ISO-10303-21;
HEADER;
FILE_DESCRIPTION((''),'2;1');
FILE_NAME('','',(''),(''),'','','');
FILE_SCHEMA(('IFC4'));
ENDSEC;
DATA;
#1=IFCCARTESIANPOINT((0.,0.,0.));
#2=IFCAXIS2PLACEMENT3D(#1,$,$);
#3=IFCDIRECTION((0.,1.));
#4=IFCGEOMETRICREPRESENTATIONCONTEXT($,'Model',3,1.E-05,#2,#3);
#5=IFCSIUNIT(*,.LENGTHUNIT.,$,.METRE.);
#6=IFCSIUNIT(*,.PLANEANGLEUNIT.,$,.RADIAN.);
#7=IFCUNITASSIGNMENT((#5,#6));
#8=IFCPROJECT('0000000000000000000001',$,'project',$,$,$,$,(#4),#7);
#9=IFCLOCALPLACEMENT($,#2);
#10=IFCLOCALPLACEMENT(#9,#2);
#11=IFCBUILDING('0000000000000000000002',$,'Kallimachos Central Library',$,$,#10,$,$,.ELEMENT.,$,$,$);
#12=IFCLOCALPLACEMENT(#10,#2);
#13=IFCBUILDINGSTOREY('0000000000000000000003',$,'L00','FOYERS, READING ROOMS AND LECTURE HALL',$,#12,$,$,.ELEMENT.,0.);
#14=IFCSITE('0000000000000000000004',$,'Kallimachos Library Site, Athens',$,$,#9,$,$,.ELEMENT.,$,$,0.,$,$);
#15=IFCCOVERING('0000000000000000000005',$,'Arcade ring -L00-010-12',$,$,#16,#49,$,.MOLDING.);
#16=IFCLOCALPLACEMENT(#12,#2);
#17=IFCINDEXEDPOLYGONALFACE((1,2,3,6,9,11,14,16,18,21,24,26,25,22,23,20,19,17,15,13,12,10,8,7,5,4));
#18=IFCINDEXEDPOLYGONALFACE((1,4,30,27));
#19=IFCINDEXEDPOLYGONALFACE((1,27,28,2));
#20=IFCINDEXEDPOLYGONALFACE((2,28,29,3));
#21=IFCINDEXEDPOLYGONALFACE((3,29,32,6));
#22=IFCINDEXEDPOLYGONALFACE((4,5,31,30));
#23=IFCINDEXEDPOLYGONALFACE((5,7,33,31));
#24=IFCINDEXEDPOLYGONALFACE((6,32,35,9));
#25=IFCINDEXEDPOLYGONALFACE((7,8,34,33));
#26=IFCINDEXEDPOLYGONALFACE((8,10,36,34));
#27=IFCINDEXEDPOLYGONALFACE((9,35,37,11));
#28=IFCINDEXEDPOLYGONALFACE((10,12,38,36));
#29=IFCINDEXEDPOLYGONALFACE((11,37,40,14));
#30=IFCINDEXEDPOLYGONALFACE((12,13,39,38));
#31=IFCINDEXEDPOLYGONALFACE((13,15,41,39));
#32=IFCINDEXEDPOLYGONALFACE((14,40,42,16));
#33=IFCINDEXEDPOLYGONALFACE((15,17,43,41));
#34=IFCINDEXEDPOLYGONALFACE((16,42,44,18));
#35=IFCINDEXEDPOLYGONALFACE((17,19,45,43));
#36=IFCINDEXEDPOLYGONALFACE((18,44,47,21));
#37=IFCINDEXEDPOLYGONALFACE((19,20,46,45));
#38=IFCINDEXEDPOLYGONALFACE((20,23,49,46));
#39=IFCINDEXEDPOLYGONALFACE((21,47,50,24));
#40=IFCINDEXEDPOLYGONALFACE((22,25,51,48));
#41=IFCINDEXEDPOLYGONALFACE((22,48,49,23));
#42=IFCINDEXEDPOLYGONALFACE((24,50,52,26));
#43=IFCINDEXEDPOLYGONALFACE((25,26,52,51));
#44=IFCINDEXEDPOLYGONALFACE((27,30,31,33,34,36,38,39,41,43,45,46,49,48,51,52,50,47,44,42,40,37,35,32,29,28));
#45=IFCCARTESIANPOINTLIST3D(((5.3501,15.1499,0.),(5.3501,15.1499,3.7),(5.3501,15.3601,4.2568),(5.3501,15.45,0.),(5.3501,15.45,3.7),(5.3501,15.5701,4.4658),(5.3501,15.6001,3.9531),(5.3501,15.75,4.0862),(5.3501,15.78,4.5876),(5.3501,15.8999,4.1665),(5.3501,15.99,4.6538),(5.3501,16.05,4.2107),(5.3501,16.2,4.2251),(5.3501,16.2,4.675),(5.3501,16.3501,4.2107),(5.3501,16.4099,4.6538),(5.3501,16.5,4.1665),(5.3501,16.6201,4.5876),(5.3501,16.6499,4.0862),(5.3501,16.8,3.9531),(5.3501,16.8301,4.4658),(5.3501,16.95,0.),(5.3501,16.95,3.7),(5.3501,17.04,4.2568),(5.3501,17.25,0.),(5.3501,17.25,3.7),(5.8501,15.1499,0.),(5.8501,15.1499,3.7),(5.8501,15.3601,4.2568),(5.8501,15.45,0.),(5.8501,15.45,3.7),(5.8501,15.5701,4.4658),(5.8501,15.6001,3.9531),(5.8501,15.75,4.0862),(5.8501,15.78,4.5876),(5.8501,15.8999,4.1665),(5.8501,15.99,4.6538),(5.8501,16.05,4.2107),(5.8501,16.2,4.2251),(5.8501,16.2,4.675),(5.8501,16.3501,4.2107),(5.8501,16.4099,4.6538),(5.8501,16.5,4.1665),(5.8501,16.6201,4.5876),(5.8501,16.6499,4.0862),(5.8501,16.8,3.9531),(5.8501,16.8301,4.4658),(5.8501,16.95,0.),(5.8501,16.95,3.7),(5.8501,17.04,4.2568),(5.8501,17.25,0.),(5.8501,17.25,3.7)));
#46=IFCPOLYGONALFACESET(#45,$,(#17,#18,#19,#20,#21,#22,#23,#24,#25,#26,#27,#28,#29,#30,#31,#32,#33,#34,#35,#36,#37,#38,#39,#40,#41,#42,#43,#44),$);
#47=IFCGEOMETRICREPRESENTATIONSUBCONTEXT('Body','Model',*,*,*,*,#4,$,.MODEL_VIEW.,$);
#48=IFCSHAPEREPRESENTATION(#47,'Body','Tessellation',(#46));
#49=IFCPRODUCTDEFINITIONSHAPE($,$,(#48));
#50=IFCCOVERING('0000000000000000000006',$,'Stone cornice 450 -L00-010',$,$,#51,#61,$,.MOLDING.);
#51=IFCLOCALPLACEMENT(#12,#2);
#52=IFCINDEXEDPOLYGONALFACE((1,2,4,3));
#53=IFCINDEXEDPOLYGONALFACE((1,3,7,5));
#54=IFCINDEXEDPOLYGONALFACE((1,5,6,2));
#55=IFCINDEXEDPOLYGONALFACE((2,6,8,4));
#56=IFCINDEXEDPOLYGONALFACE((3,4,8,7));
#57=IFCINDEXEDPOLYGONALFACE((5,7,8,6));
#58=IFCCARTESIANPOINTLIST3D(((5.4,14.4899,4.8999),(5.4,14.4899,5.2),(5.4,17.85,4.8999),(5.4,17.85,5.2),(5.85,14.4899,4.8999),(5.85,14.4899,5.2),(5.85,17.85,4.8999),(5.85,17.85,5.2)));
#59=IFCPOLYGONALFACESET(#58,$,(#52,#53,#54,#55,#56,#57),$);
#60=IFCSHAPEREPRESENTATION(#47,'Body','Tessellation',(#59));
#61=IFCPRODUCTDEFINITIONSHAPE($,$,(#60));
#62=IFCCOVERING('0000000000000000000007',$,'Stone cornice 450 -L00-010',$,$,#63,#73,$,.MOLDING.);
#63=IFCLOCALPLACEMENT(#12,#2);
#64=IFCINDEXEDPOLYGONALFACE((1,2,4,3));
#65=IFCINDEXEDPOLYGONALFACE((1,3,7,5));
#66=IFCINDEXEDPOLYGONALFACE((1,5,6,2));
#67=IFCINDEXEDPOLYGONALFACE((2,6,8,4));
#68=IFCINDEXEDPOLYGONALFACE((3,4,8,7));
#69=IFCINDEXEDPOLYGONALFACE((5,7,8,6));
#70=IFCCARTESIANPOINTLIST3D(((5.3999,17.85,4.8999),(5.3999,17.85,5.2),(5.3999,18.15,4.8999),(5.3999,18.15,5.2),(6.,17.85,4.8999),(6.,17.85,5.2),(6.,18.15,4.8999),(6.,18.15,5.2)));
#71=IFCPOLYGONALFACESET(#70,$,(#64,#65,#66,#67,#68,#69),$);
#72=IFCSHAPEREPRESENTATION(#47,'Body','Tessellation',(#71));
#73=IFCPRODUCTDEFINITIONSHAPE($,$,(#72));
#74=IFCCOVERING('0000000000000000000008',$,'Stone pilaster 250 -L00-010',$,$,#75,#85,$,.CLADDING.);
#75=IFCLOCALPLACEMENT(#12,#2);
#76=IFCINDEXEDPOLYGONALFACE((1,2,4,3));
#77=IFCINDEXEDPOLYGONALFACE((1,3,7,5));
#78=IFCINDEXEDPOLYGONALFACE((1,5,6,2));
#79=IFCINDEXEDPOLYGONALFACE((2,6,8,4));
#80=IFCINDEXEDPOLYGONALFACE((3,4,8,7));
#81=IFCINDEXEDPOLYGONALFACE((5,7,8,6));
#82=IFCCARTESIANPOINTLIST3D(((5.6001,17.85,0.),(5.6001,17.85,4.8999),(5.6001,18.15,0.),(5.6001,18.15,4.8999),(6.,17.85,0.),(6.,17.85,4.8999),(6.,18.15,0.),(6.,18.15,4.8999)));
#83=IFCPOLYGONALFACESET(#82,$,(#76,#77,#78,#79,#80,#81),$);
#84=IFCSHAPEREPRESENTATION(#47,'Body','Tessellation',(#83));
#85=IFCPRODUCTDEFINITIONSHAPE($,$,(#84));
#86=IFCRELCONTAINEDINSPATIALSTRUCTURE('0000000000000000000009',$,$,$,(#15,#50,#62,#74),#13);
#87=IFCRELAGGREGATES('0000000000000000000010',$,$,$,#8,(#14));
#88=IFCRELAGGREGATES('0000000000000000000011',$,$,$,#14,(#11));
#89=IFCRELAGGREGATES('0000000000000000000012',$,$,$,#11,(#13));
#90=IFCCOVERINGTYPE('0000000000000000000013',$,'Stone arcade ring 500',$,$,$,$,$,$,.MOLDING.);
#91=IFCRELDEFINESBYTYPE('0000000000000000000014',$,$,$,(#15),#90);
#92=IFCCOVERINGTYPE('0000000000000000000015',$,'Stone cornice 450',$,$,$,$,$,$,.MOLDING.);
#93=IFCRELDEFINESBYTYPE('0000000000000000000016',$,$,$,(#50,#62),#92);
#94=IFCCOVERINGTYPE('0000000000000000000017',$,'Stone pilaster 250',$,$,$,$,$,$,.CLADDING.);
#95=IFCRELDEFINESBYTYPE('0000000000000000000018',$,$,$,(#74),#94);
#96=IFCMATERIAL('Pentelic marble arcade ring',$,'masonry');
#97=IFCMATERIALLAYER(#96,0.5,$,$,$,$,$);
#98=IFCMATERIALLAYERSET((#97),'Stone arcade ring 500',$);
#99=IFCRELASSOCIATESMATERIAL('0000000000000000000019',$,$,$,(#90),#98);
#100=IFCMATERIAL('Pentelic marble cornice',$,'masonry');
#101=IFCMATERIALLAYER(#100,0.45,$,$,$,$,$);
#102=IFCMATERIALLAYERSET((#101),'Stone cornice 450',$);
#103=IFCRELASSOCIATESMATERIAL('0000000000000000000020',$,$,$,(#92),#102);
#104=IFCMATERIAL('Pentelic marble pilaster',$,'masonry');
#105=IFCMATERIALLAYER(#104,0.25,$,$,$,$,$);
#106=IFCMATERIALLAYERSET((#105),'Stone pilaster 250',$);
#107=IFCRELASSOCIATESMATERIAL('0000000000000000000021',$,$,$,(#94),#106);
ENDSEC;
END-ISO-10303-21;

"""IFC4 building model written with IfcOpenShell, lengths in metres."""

from ifc_helpers import new_model, si_unit, direction, frame, origin, origin_2d, place, context, subcontext, project, spatial, polyline, rectangle, outline, extrude, material, layer, layer_set, type_object, element, save


model = new_model("IFC4")

# Units and contexts
model_context = context("Model", 3, precision=1e-05, world=origin(), true_north=direction((0.0, 1.0)))
body_context = subcontext(model_context, "Body", "Model", "MODEL_VIEW")
ifc_project = project(units=[si_unit("LENGTHUNIT", "METRE"), si_unit("PLANEANGLEUNIT", "RADIAN")], contexts=[model_context])

# Site, building, storey
site_placement = place(None, origin())
site = spatial("IfcSite", under=ifc_project, at=site_placement, Name="Kallimachos Library Site, Athens", CompositionType="ELEMENT", RefElevation=0.0)
building_placement = place(site_placement, origin())
building = spatial("IfcBuilding", under=site, at=building_placement, Name="Kallimachos Central Library", CompositionType="ELEMENT")
storey_placement = place(building_placement, origin())
storey = spatial("IfcBuildingStorey", under=building, at=storey_placement, Name="L00", Description="FOYERS, READING ROOMS AND LECTURE HALL", CompositionType="ELEMENT", Elevation=0.0)

# Coverings
ifc_material_1 = material(Name="Pentelic marble arcade ring", Category="masonry")
ifc_layer_1 = layer(ifc_material_1, 0.5)
ifc_layer_set_1 = layer_set([ifc_layer_1], Name="Stone arcade ring 500")
covering_type_1 = type_object("IfcCoveringType", Name="Stone arcade ring 500", PredefinedType="MOLDING", material=ifc_layer_set_1)
covering_1_placement = place(storey_placement, frame((5.3501, 15.1499, 0.0), z_axis=(-1.0, 0.0, 0.0), x_axis=(0.0, 0.0, 1.0)))
element("IfcCovering", 1, at=covering_1_placement, inside=storey, type_object=covering_type_1, Name="Arcade ring -L00-010-12", PredefinedType="MOLDING", context=body_context, shape_type="SweptSolid", body=[
    extrude(outline(polyline([(0.0, 0.0), (3.7, 0.0), (4.2568, 0.2102), (4.4658, 0.4202), (4.5876, 0.6301), (4.6538, 0.8401), (4.675, 1.05), (4.6538, 1.26), (4.5876, 1.4702), (4.4658, 1.6802), (4.2568, 1.8901), (3.7, 2.1001), (0.0, 2.1001), (0.0, 1.8), (3.7, 1.8), (3.9531, 1.6501), (4.0862, 1.5), (4.1665, 1.3501), (4.2107, 1.2002), (4.2251, 1.05), (4.2107, 0.9001), (4.1665, 0.75), (4.0862, 0.6001), (3.9531, 0.4502), (3.7, 0.3), (0.0, 0.3), (0.0, 0.0)])), origin(), (0.0, 0.0, -1.0), 0.5),
])
ifc_material_2 = material(Name="Pentelic marble cornice", Category="masonry")
ifc_layer_2 = layer(ifc_material_2, 0.45)
ifc_layer_set_2 = layer_set([ifc_layer_2], Name="Stone cornice 450")
covering_type_2 = type_object("IfcCoveringType", Name="Stone cornice 450", PredefinedType="MOLDING", material=ifc_layer_set_2)
covering_2_placement = place(storey_placement, frame((5.625, 16.1699, 4.8999), z_axis=(0.0, 0.0, 1.0), x_axis=(1.0, 0.0, 0.0)))
element("IfcCovering", 2, at=covering_2_placement, inside=storey, type_object=covering_type_2, Name="Stone cornice 450 -L00-010", PredefinedType="MOLDING", context=body_context, shape_type="SweptSolid", body=[
    extrude(rectangle(XDim=0.45, YDim=3.3601, at=origin_2d()), origin(), (0.0, 0.0, 1.0), 0.3),
])
covering_3_placement = place(storey_placement, frame((5.7, 18.0, 4.8999), z_axis=(0.0, 0.0, 1.0), x_axis=(1.0, 0.0, 0.0)))
element("IfcCovering", 3, at=covering_3_placement, inside=storey, type_object=covering_type_2, Name="Stone cornice 450 -L00-010", PredefinedType="MOLDING", context=body_context, shape_type="SweptSolid", body=[
    extrude(rectangle(XDim=0.6001, YDim=0.3, at=origin_2d()), origin(), (0.0, 0.0, 1.0), 0.3),
])
ifc_material_3 = material(Name="Pentelic marble pilaster", Category="masonry")
ifc_layer_3 = layer(ifc_material_3, 0.25)
ifc_layer_set_3 = layer_set([ifc_layer_3], Name="Stone pilaster 250")
covering_type_3 = type_object("IfcCoveringType", Name="Stone pilaster 250", PredefinedType="CLADDING", material=ifc_layer_set_3)
covering_4_placement = place(storey_placement, frame((5.8, 18.0, 0.0), z_axis=(0.0, 0.0, 1.0), x_axis=(1.0, 0.0, 0.0)))
element("IfcCovering", 4, at=covering_4_placement, inside=storey, type_object=covering_type_3, Name="Stone pilaster 250 -L00-010", PredefinedType="CLADDING", context=body_context, shape_type="SweptSolid", body=[
    extrude(rectangle(XDim=0.3999, YDim=0.3, at=origin_2d()), origin(), (0.0, 0.0, 1.0), 4.8999),
])

save(model, "model.ifc")
